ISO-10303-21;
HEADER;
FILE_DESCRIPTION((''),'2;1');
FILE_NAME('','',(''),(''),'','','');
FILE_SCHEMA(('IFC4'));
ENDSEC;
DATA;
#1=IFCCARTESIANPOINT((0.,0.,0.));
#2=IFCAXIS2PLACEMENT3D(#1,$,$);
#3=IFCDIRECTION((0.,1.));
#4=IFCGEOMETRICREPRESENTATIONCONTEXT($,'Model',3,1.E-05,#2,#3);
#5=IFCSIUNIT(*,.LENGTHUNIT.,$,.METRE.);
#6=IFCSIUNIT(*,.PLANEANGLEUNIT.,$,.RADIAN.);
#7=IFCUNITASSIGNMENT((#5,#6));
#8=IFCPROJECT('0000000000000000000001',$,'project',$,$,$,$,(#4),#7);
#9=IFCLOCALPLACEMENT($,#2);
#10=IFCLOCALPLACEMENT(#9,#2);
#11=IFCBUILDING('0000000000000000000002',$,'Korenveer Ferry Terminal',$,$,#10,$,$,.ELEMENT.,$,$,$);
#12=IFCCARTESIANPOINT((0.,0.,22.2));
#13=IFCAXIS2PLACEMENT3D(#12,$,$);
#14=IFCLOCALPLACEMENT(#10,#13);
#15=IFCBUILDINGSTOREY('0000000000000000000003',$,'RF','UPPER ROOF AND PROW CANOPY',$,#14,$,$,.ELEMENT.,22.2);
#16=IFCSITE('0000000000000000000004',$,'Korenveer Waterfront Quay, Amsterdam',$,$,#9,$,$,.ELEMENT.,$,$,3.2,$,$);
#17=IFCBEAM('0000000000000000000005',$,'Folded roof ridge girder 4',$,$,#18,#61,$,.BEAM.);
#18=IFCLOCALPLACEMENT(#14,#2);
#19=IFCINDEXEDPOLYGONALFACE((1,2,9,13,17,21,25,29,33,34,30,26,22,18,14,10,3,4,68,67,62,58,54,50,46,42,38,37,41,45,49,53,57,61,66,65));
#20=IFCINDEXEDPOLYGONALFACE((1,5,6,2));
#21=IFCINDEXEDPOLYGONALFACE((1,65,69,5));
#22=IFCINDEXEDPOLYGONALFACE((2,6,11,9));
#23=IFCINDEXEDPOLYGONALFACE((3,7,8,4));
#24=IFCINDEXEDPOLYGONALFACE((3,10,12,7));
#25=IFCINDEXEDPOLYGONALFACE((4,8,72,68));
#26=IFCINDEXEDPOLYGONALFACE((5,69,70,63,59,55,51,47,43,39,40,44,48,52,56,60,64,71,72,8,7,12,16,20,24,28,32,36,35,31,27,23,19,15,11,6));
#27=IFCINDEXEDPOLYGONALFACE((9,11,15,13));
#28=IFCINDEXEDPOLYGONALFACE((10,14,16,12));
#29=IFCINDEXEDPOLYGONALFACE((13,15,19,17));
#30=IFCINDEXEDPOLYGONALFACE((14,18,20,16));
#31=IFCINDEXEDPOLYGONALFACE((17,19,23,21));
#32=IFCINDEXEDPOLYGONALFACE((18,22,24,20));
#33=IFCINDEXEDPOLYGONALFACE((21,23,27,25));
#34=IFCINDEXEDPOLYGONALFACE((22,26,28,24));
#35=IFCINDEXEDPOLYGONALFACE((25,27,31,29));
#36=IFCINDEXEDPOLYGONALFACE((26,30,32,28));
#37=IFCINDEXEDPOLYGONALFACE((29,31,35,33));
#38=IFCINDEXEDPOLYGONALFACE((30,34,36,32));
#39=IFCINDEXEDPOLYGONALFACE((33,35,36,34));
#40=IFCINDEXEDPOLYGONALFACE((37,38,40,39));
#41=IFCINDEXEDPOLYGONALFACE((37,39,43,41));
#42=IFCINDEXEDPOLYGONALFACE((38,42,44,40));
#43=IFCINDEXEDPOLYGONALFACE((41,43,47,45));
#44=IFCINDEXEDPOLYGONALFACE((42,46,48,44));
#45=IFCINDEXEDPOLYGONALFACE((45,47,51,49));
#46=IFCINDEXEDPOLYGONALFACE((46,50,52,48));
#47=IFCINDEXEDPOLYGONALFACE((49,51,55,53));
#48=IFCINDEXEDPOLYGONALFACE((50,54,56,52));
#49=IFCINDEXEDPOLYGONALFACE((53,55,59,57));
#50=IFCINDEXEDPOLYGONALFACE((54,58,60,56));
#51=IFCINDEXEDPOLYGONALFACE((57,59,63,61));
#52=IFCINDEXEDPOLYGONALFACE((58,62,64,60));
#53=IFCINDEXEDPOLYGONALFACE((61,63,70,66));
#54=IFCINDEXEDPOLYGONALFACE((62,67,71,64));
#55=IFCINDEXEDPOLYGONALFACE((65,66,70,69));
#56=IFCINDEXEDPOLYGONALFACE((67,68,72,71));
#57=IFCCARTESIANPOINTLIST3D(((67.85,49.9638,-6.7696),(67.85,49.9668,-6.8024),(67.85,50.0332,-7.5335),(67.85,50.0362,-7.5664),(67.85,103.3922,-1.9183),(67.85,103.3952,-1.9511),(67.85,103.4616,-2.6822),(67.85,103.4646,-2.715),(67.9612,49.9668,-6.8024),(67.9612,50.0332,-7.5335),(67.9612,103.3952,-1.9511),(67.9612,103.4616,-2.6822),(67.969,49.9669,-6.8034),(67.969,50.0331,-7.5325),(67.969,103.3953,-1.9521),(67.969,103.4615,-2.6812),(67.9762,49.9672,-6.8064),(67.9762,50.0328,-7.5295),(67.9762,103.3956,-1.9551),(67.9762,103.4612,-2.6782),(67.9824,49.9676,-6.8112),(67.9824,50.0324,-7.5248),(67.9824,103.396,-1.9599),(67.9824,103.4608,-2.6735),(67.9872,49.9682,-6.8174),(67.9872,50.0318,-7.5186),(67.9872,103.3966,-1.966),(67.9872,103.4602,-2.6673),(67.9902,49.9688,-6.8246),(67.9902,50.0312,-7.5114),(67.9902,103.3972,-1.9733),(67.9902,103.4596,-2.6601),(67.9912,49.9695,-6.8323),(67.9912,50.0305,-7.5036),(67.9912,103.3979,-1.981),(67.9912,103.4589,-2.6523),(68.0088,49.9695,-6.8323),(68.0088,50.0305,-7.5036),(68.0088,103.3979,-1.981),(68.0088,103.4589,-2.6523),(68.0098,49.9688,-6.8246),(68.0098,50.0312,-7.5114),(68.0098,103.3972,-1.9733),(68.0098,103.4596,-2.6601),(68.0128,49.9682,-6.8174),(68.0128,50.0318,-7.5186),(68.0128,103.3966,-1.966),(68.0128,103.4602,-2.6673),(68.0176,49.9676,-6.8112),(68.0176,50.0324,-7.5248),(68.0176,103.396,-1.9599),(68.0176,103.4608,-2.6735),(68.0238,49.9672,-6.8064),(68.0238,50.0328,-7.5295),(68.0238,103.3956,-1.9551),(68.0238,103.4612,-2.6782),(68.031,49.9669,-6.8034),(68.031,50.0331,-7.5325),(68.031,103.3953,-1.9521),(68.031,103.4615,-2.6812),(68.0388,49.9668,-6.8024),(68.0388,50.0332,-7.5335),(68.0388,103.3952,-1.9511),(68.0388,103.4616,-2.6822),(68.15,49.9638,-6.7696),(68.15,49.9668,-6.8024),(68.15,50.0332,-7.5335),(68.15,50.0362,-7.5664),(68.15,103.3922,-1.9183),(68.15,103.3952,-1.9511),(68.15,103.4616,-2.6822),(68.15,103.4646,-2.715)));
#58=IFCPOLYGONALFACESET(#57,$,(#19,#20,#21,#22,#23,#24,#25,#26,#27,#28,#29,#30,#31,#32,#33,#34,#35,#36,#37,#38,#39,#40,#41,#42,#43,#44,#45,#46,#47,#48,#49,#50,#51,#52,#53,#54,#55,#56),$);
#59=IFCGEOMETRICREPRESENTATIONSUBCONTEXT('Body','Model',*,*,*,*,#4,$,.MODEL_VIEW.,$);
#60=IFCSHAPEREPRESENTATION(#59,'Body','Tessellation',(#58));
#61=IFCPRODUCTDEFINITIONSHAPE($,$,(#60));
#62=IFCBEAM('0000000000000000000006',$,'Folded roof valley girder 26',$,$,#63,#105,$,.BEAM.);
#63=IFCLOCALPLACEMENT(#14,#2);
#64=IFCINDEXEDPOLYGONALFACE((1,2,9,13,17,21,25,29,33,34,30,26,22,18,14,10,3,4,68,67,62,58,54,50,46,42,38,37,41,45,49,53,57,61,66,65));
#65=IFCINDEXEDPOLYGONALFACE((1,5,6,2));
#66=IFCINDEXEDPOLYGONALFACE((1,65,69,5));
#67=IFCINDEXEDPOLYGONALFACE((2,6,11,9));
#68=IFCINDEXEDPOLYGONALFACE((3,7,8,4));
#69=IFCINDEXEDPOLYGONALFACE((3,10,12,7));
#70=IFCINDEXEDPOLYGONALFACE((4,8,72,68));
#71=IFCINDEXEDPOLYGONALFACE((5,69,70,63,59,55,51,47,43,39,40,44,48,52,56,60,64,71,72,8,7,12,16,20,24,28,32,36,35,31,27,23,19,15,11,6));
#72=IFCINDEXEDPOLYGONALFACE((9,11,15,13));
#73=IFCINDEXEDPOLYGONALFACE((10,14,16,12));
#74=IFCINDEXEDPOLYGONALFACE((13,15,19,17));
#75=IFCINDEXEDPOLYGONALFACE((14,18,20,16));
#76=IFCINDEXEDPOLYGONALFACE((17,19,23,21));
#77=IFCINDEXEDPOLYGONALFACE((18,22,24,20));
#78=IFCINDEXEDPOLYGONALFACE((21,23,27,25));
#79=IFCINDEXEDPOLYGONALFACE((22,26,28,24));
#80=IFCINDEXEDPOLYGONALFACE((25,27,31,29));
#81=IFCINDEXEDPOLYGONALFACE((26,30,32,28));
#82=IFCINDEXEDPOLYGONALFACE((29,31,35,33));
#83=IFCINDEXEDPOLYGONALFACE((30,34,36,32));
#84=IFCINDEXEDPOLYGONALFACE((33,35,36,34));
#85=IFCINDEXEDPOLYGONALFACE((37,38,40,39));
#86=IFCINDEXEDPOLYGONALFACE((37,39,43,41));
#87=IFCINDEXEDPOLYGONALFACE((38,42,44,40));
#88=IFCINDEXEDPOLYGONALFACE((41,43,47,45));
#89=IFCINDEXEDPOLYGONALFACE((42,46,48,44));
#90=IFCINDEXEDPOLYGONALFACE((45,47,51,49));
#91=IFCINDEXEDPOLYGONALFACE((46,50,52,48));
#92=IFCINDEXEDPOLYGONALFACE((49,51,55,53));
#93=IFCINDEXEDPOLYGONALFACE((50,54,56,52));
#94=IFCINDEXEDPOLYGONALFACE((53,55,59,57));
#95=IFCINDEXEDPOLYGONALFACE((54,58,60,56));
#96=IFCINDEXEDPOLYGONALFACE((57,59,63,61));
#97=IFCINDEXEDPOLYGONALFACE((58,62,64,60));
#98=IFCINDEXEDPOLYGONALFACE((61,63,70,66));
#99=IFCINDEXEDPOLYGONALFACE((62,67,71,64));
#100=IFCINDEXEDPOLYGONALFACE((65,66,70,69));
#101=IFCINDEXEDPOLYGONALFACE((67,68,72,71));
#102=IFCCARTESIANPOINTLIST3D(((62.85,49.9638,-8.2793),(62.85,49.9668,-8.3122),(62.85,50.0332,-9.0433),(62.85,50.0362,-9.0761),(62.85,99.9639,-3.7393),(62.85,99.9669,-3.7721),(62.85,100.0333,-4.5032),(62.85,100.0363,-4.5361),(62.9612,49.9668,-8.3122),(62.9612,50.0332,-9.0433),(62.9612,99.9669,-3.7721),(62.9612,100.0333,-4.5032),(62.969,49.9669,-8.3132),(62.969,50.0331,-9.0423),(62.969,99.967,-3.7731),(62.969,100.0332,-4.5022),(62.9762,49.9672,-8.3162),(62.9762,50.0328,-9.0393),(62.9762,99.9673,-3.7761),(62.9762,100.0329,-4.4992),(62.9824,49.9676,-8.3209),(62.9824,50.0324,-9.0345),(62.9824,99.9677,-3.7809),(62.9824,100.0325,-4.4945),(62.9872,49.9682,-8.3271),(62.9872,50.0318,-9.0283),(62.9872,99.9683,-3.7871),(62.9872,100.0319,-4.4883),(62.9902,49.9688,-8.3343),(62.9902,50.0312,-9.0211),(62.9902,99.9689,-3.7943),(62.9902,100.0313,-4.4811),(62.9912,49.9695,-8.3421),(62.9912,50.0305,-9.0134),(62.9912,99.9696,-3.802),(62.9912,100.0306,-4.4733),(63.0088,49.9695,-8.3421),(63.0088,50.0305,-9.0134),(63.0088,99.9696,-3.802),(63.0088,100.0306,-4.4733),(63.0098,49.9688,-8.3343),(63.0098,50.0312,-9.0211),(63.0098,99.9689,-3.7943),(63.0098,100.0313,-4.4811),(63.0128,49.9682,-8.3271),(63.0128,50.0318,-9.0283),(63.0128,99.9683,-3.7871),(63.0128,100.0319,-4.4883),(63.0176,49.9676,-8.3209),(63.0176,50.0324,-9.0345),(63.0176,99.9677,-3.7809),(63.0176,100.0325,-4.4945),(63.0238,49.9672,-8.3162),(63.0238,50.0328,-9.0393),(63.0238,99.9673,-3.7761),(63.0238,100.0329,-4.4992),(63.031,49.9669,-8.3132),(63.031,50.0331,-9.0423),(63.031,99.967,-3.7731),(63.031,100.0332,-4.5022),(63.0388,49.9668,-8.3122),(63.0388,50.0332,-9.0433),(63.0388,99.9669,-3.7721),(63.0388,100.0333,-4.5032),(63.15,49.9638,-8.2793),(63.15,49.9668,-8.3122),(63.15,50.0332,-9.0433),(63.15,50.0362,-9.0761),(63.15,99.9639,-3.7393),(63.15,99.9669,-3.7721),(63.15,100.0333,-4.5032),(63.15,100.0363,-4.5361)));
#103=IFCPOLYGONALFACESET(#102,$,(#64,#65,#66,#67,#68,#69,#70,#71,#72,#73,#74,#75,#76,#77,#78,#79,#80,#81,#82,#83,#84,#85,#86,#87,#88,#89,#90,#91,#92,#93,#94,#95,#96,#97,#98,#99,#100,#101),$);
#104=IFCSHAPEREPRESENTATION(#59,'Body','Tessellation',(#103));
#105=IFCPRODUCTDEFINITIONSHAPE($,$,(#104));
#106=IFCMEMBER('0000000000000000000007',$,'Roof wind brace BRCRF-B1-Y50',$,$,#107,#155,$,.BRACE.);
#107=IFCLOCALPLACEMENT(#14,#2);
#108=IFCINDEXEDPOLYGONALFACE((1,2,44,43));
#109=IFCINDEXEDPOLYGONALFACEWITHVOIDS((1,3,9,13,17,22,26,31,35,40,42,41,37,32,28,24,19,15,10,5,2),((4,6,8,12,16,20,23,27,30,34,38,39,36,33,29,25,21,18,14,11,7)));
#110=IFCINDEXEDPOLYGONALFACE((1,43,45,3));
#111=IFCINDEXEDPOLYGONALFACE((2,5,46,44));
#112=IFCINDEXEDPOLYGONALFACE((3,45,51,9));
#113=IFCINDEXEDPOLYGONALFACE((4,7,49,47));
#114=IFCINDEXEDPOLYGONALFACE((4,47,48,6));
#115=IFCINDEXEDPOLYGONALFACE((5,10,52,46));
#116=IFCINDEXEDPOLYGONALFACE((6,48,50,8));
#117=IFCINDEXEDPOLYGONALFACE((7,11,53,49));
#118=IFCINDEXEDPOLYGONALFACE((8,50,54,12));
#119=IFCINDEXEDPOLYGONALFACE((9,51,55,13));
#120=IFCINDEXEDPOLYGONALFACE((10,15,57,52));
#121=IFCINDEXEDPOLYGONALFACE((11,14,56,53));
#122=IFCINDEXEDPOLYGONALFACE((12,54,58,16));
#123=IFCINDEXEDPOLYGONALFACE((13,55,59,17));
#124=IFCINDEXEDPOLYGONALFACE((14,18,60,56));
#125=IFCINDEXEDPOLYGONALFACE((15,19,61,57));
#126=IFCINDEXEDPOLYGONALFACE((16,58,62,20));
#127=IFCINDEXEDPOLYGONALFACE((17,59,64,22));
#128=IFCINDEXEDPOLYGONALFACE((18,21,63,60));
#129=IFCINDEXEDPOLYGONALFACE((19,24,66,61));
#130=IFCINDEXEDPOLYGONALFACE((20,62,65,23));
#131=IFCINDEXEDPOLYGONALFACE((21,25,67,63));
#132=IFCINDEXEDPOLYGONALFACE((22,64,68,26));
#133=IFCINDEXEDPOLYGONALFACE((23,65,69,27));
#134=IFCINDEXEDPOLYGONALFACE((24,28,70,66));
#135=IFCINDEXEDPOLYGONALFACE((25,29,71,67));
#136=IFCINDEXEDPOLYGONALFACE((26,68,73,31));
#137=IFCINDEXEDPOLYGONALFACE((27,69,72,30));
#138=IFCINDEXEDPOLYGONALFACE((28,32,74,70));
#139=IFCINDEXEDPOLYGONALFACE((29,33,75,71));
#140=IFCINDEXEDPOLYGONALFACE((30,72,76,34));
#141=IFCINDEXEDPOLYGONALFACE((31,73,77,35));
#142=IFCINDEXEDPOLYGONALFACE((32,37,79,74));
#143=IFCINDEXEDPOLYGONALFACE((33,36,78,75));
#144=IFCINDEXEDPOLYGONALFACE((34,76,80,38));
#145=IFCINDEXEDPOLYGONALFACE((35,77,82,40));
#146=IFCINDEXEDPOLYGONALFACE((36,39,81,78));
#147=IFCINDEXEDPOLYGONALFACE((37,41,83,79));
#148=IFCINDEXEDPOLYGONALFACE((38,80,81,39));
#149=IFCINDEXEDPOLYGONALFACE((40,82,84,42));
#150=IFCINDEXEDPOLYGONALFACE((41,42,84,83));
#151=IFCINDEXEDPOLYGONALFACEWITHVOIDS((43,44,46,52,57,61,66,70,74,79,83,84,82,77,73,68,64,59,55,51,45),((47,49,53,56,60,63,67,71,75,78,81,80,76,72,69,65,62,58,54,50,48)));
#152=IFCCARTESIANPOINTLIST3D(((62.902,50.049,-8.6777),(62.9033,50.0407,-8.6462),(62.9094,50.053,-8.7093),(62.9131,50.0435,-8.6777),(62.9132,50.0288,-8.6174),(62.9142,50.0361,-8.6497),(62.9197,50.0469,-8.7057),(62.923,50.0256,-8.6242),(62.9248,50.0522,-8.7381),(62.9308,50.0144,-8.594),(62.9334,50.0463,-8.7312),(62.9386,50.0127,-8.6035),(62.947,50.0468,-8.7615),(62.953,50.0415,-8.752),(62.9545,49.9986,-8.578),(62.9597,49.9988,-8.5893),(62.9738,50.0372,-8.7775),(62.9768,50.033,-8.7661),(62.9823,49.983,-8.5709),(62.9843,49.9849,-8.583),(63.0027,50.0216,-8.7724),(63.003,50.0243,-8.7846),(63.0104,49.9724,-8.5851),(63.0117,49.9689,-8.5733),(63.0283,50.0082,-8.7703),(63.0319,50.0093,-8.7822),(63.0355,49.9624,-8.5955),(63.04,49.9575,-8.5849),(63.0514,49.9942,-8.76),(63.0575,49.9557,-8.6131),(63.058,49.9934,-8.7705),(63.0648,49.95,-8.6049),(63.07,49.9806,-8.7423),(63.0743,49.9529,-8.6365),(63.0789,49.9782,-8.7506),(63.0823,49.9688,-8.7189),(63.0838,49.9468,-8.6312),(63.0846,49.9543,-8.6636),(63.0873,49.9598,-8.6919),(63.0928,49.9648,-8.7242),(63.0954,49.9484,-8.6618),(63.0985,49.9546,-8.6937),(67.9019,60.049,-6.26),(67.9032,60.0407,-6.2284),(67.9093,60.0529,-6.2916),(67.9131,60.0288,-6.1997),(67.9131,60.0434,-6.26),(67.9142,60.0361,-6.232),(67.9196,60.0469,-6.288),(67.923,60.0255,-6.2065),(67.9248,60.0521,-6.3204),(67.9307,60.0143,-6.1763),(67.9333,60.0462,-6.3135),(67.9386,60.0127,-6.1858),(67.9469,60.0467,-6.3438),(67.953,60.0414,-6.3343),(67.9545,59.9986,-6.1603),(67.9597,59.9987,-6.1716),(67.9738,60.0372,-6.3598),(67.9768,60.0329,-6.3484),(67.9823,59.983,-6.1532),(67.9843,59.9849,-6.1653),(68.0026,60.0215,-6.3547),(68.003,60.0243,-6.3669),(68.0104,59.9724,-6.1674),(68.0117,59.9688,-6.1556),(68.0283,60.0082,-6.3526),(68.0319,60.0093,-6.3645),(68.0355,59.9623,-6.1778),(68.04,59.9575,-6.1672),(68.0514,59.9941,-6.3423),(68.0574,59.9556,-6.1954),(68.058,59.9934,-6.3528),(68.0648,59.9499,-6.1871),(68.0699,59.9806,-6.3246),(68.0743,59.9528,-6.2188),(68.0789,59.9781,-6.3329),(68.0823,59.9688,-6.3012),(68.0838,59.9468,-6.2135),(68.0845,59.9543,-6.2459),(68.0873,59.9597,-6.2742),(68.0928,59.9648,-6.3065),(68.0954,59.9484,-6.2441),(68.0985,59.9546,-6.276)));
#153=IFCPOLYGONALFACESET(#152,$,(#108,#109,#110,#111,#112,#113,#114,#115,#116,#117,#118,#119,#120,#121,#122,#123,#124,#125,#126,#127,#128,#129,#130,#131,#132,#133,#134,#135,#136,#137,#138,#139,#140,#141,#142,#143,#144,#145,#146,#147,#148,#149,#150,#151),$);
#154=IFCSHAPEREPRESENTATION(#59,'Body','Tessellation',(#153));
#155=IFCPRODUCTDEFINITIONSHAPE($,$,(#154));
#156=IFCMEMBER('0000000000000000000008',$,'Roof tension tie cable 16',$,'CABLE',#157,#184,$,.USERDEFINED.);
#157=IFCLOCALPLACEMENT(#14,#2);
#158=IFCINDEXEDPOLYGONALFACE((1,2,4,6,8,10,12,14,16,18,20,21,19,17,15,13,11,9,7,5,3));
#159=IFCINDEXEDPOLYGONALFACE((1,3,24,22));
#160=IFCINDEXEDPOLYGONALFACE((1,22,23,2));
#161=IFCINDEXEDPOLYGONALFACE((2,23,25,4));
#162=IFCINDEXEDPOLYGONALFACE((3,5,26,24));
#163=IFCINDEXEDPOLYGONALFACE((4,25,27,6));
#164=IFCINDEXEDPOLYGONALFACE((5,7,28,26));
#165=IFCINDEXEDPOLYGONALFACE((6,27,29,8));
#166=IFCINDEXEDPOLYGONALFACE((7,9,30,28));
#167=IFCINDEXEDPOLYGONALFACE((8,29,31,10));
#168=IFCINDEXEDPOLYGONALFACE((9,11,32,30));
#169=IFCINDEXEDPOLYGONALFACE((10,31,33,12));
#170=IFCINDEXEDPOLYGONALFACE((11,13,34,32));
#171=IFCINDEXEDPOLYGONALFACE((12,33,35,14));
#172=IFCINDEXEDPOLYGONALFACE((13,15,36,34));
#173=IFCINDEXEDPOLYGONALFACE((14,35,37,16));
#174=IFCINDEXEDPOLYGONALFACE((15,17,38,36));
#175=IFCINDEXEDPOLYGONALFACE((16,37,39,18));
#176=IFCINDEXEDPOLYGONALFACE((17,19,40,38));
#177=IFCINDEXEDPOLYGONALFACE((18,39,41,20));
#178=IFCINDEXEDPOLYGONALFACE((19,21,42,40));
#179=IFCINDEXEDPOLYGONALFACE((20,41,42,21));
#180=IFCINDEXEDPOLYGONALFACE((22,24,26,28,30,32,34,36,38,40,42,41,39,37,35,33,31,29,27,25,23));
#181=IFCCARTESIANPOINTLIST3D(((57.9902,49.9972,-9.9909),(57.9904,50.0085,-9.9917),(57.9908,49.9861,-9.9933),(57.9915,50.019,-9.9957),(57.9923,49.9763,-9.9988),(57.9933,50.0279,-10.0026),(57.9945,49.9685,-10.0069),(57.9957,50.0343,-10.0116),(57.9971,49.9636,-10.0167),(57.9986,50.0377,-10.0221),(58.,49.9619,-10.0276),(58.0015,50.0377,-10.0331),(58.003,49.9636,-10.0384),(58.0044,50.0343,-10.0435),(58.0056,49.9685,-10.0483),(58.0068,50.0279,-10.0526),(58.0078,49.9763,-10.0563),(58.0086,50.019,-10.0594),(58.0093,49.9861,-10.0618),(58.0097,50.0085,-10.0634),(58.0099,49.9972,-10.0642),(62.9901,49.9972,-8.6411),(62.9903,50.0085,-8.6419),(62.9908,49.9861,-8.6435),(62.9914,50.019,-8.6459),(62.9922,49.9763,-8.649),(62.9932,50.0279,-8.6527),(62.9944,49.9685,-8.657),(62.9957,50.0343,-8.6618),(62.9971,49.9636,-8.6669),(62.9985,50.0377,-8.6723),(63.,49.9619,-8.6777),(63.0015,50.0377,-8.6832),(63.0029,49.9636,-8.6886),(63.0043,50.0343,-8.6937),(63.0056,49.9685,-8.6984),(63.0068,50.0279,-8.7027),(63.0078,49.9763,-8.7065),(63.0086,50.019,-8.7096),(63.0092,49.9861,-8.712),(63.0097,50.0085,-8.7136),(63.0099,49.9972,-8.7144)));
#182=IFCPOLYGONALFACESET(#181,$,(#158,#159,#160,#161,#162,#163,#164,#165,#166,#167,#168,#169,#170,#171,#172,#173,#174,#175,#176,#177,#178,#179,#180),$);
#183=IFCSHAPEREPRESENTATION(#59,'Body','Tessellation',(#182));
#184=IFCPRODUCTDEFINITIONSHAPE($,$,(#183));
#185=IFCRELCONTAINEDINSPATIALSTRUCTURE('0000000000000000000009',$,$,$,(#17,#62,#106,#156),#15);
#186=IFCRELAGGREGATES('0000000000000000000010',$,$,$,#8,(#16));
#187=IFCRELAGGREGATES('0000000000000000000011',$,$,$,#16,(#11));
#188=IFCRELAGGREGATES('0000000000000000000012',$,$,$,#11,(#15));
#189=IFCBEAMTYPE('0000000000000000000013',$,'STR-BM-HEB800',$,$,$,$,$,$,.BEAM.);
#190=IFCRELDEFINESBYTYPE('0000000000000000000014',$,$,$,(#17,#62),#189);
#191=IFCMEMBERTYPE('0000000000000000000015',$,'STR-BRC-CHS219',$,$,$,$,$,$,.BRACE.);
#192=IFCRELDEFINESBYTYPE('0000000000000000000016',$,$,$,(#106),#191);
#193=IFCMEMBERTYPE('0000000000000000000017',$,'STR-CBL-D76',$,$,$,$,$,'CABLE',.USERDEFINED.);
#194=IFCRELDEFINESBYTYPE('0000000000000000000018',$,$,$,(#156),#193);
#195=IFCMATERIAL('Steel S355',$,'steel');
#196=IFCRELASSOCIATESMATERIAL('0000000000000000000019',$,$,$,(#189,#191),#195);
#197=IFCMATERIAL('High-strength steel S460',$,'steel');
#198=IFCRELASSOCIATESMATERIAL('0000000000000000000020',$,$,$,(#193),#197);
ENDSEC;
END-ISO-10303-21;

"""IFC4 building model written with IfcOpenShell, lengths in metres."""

from ifc_helpers import new_model, si_unit, direction, frame, origin, origin_2d, place, context, subcontext, project, spatial, circle, hollow_circle, i_section, extrude, material, material_profile, profile_set, type_object, element, save


model = new_model("IFC4")

# Units and contexts
model_context = context("Model", 3, precision=1e-05, world=origin(), true_north=direction((0.0, 1.0)))
body_context = subcontext(model_context, "Body", "Model", "MODEL_VIEW")
ifc_project = project(units=[si_unit("LENGTHUNIT", "METRE"), si_unit("PLANEANGLEUNIT", "RADIAN")], contexts=[model_context])

# Site, building, storey
site_placement = place(None, origin())
site = spatial("IfcSite", under=ifc_project, at=site_placement, Name="Korenveer Waterfront Quay, Amsterdam", CompositionType="ELEMENT", RefElevation=3.2)
building_placement = place(site_placement, origin())
building = spatial("IfcBuilding", under=site, at=building_placement, Name="Korenveer Ferry Terminal", CompositionType="ELEMENT")
storey_placement = place(building_placement, frame((0.0, 0.0, 22.2)))
storey = spatial("IfcBuildingStorey", under=building, at=storey_placement, Name="RF", Description="UPPER ROOF AND PROW CANOPY", CompositionType="ELEMENT", Elevation=22.2)

# Beams
ifc_material_1 = material(Name="Steel S355", Category="steel")
ifc_material_profile_1 = material_profile(ifc_material_1, i_section(OverallWidth=0.3, OverallDepth=0.8, WebThickness=0.0176, FlangeThickness=0.033, FilletRadius=0.03, at=origin_2d()), Name="HEB 800")
ifc_profile_set_1 = profile_set([ifc_material_profile_1], Name="Steel S355")
beam_type_1 = type_object("IfcBeamType", Name="STR-BM-HEB800", PredefinedType="BEAM", material=ifc_profile_set_1)
beam_1_placement = place(storey_placement, frame((68.0, 50.0, -7.168), z_axis=(0.0, 0.995903, 0.090428), x_axis=(-1.0, 0.0, 0.0)))
element("IfcBeam", 1, at=beam_1_placement, inside=storey, type_object=beam_type_1, Name="Folded roof ridge girder 4", PredefinedType="BEAM", context=body_context, shape_type="SweptSolid", body=[
    extrude(i_section(OverallWidth=0.3, OverallDepth=0.8, WebThickness=0.0176, FlangeThickness=0.033, FilletRadius=0.03, at=origin_2d()), origin(), (0.0, 0.0, 1.0), 53.6482),
])
beam_2_placement = place(storey_placement, frame((63.0, 50.0, -8.6777), z_axis=(0.0, 0.995903, 0.090429), x_axis=(-1.0, 0.0, 0.0)))
element("IfcBeam", 2, at=beam_2_placement, inside=storey, type_object=beam_type_1, Name="Folded roof valley girder 26", PredefinedType="BEAM", context=body_context, shape_type="SweptSolid", body=[
    extrude(i_section(OverallWidth=0.3, OverallDepth=0.8, WebThickness=0.0176, FlangeThickness=0.033, FilletRadius=0.03, at=origin_2d()), origin(), (0.0, 0.0, 1.0), 50.2058),
])

# Members
ifc_material_profile_2 = material_profile(ifc_material_1, hollow_circle(Radius=0.1096, WallThickness=0.0125, at=origin_2d()), Name="CHS 219.1x12.5")
ifc_profile_set_2 = profile_set([ifc_material_profile_2], Name="Steel S355")
member_type_1 = type_object("IfcMemberType", Name="STR-BRC-CHS219", PredefinedType="BRACE", material=ifc_profile_set_2)
member_1_placement = place(storey_placement, frame((63.0, 50.0, -8.6777), z_axis=(0.43711, 0.87422, 0.211362), x_axis=(-0.894427, 0.447214, 0.0)))
element("IfcMember", 3, at=member_1_placement, inside=storey, type_object=member_type_1, Name="Roof wind brace BRCRF-B1-Y50", PredefinedType="BRACE", context=body_context, shape_type="SweptSolid", body=[
    extrude(hollow_circle(Radius=0.1096, WallThickness=0.0125, at=origin_2d()), origin(), (0.0, 0.0, 1.0), 11.4387),
])
ifc_material_2 = material(Name="High-strength steel S460", Category="steel")
ifc_material_profile_3 = material_profile(ifc_material_2, circle(Radius=0.0381, at=origin_2d()), Name="ROD D76")
ifc_profile_set_3 = profile_set([ifc_material_profile_3], Name="High-strength steel S460")
member_type_2 = type_object("IfcMemberType", Name="STR-CBL-D76", ElementType="CABLE", PredefinedType="USERDEFINED", material=ifc_profile_set_3)
for number, where, z_axis, x_axis, name in (
    (4, (63.0, 50.0, -8.6777), (-0.965436, 0.0, -0.260639), (0.0, -1.0, 0.0), "Roof tension tie cable 16"),
):
    element("IfcMember", number, at=place(storey_placement, frame(where, z_axis=z_axis, x_axis=x_axis)), inside=storey, type_object=member_type_2, Name=name, ObjectType="CABLE", PredefinedType="USERDEFINED", context=body_context, shape_type="SweptSolid", body=[
        extrude(circle(Radius=0.0381, at=origin_2d()), origin(), (0.0, 0.0, 1.0), 5.179),
    ])

save(model, "model.ifc")
